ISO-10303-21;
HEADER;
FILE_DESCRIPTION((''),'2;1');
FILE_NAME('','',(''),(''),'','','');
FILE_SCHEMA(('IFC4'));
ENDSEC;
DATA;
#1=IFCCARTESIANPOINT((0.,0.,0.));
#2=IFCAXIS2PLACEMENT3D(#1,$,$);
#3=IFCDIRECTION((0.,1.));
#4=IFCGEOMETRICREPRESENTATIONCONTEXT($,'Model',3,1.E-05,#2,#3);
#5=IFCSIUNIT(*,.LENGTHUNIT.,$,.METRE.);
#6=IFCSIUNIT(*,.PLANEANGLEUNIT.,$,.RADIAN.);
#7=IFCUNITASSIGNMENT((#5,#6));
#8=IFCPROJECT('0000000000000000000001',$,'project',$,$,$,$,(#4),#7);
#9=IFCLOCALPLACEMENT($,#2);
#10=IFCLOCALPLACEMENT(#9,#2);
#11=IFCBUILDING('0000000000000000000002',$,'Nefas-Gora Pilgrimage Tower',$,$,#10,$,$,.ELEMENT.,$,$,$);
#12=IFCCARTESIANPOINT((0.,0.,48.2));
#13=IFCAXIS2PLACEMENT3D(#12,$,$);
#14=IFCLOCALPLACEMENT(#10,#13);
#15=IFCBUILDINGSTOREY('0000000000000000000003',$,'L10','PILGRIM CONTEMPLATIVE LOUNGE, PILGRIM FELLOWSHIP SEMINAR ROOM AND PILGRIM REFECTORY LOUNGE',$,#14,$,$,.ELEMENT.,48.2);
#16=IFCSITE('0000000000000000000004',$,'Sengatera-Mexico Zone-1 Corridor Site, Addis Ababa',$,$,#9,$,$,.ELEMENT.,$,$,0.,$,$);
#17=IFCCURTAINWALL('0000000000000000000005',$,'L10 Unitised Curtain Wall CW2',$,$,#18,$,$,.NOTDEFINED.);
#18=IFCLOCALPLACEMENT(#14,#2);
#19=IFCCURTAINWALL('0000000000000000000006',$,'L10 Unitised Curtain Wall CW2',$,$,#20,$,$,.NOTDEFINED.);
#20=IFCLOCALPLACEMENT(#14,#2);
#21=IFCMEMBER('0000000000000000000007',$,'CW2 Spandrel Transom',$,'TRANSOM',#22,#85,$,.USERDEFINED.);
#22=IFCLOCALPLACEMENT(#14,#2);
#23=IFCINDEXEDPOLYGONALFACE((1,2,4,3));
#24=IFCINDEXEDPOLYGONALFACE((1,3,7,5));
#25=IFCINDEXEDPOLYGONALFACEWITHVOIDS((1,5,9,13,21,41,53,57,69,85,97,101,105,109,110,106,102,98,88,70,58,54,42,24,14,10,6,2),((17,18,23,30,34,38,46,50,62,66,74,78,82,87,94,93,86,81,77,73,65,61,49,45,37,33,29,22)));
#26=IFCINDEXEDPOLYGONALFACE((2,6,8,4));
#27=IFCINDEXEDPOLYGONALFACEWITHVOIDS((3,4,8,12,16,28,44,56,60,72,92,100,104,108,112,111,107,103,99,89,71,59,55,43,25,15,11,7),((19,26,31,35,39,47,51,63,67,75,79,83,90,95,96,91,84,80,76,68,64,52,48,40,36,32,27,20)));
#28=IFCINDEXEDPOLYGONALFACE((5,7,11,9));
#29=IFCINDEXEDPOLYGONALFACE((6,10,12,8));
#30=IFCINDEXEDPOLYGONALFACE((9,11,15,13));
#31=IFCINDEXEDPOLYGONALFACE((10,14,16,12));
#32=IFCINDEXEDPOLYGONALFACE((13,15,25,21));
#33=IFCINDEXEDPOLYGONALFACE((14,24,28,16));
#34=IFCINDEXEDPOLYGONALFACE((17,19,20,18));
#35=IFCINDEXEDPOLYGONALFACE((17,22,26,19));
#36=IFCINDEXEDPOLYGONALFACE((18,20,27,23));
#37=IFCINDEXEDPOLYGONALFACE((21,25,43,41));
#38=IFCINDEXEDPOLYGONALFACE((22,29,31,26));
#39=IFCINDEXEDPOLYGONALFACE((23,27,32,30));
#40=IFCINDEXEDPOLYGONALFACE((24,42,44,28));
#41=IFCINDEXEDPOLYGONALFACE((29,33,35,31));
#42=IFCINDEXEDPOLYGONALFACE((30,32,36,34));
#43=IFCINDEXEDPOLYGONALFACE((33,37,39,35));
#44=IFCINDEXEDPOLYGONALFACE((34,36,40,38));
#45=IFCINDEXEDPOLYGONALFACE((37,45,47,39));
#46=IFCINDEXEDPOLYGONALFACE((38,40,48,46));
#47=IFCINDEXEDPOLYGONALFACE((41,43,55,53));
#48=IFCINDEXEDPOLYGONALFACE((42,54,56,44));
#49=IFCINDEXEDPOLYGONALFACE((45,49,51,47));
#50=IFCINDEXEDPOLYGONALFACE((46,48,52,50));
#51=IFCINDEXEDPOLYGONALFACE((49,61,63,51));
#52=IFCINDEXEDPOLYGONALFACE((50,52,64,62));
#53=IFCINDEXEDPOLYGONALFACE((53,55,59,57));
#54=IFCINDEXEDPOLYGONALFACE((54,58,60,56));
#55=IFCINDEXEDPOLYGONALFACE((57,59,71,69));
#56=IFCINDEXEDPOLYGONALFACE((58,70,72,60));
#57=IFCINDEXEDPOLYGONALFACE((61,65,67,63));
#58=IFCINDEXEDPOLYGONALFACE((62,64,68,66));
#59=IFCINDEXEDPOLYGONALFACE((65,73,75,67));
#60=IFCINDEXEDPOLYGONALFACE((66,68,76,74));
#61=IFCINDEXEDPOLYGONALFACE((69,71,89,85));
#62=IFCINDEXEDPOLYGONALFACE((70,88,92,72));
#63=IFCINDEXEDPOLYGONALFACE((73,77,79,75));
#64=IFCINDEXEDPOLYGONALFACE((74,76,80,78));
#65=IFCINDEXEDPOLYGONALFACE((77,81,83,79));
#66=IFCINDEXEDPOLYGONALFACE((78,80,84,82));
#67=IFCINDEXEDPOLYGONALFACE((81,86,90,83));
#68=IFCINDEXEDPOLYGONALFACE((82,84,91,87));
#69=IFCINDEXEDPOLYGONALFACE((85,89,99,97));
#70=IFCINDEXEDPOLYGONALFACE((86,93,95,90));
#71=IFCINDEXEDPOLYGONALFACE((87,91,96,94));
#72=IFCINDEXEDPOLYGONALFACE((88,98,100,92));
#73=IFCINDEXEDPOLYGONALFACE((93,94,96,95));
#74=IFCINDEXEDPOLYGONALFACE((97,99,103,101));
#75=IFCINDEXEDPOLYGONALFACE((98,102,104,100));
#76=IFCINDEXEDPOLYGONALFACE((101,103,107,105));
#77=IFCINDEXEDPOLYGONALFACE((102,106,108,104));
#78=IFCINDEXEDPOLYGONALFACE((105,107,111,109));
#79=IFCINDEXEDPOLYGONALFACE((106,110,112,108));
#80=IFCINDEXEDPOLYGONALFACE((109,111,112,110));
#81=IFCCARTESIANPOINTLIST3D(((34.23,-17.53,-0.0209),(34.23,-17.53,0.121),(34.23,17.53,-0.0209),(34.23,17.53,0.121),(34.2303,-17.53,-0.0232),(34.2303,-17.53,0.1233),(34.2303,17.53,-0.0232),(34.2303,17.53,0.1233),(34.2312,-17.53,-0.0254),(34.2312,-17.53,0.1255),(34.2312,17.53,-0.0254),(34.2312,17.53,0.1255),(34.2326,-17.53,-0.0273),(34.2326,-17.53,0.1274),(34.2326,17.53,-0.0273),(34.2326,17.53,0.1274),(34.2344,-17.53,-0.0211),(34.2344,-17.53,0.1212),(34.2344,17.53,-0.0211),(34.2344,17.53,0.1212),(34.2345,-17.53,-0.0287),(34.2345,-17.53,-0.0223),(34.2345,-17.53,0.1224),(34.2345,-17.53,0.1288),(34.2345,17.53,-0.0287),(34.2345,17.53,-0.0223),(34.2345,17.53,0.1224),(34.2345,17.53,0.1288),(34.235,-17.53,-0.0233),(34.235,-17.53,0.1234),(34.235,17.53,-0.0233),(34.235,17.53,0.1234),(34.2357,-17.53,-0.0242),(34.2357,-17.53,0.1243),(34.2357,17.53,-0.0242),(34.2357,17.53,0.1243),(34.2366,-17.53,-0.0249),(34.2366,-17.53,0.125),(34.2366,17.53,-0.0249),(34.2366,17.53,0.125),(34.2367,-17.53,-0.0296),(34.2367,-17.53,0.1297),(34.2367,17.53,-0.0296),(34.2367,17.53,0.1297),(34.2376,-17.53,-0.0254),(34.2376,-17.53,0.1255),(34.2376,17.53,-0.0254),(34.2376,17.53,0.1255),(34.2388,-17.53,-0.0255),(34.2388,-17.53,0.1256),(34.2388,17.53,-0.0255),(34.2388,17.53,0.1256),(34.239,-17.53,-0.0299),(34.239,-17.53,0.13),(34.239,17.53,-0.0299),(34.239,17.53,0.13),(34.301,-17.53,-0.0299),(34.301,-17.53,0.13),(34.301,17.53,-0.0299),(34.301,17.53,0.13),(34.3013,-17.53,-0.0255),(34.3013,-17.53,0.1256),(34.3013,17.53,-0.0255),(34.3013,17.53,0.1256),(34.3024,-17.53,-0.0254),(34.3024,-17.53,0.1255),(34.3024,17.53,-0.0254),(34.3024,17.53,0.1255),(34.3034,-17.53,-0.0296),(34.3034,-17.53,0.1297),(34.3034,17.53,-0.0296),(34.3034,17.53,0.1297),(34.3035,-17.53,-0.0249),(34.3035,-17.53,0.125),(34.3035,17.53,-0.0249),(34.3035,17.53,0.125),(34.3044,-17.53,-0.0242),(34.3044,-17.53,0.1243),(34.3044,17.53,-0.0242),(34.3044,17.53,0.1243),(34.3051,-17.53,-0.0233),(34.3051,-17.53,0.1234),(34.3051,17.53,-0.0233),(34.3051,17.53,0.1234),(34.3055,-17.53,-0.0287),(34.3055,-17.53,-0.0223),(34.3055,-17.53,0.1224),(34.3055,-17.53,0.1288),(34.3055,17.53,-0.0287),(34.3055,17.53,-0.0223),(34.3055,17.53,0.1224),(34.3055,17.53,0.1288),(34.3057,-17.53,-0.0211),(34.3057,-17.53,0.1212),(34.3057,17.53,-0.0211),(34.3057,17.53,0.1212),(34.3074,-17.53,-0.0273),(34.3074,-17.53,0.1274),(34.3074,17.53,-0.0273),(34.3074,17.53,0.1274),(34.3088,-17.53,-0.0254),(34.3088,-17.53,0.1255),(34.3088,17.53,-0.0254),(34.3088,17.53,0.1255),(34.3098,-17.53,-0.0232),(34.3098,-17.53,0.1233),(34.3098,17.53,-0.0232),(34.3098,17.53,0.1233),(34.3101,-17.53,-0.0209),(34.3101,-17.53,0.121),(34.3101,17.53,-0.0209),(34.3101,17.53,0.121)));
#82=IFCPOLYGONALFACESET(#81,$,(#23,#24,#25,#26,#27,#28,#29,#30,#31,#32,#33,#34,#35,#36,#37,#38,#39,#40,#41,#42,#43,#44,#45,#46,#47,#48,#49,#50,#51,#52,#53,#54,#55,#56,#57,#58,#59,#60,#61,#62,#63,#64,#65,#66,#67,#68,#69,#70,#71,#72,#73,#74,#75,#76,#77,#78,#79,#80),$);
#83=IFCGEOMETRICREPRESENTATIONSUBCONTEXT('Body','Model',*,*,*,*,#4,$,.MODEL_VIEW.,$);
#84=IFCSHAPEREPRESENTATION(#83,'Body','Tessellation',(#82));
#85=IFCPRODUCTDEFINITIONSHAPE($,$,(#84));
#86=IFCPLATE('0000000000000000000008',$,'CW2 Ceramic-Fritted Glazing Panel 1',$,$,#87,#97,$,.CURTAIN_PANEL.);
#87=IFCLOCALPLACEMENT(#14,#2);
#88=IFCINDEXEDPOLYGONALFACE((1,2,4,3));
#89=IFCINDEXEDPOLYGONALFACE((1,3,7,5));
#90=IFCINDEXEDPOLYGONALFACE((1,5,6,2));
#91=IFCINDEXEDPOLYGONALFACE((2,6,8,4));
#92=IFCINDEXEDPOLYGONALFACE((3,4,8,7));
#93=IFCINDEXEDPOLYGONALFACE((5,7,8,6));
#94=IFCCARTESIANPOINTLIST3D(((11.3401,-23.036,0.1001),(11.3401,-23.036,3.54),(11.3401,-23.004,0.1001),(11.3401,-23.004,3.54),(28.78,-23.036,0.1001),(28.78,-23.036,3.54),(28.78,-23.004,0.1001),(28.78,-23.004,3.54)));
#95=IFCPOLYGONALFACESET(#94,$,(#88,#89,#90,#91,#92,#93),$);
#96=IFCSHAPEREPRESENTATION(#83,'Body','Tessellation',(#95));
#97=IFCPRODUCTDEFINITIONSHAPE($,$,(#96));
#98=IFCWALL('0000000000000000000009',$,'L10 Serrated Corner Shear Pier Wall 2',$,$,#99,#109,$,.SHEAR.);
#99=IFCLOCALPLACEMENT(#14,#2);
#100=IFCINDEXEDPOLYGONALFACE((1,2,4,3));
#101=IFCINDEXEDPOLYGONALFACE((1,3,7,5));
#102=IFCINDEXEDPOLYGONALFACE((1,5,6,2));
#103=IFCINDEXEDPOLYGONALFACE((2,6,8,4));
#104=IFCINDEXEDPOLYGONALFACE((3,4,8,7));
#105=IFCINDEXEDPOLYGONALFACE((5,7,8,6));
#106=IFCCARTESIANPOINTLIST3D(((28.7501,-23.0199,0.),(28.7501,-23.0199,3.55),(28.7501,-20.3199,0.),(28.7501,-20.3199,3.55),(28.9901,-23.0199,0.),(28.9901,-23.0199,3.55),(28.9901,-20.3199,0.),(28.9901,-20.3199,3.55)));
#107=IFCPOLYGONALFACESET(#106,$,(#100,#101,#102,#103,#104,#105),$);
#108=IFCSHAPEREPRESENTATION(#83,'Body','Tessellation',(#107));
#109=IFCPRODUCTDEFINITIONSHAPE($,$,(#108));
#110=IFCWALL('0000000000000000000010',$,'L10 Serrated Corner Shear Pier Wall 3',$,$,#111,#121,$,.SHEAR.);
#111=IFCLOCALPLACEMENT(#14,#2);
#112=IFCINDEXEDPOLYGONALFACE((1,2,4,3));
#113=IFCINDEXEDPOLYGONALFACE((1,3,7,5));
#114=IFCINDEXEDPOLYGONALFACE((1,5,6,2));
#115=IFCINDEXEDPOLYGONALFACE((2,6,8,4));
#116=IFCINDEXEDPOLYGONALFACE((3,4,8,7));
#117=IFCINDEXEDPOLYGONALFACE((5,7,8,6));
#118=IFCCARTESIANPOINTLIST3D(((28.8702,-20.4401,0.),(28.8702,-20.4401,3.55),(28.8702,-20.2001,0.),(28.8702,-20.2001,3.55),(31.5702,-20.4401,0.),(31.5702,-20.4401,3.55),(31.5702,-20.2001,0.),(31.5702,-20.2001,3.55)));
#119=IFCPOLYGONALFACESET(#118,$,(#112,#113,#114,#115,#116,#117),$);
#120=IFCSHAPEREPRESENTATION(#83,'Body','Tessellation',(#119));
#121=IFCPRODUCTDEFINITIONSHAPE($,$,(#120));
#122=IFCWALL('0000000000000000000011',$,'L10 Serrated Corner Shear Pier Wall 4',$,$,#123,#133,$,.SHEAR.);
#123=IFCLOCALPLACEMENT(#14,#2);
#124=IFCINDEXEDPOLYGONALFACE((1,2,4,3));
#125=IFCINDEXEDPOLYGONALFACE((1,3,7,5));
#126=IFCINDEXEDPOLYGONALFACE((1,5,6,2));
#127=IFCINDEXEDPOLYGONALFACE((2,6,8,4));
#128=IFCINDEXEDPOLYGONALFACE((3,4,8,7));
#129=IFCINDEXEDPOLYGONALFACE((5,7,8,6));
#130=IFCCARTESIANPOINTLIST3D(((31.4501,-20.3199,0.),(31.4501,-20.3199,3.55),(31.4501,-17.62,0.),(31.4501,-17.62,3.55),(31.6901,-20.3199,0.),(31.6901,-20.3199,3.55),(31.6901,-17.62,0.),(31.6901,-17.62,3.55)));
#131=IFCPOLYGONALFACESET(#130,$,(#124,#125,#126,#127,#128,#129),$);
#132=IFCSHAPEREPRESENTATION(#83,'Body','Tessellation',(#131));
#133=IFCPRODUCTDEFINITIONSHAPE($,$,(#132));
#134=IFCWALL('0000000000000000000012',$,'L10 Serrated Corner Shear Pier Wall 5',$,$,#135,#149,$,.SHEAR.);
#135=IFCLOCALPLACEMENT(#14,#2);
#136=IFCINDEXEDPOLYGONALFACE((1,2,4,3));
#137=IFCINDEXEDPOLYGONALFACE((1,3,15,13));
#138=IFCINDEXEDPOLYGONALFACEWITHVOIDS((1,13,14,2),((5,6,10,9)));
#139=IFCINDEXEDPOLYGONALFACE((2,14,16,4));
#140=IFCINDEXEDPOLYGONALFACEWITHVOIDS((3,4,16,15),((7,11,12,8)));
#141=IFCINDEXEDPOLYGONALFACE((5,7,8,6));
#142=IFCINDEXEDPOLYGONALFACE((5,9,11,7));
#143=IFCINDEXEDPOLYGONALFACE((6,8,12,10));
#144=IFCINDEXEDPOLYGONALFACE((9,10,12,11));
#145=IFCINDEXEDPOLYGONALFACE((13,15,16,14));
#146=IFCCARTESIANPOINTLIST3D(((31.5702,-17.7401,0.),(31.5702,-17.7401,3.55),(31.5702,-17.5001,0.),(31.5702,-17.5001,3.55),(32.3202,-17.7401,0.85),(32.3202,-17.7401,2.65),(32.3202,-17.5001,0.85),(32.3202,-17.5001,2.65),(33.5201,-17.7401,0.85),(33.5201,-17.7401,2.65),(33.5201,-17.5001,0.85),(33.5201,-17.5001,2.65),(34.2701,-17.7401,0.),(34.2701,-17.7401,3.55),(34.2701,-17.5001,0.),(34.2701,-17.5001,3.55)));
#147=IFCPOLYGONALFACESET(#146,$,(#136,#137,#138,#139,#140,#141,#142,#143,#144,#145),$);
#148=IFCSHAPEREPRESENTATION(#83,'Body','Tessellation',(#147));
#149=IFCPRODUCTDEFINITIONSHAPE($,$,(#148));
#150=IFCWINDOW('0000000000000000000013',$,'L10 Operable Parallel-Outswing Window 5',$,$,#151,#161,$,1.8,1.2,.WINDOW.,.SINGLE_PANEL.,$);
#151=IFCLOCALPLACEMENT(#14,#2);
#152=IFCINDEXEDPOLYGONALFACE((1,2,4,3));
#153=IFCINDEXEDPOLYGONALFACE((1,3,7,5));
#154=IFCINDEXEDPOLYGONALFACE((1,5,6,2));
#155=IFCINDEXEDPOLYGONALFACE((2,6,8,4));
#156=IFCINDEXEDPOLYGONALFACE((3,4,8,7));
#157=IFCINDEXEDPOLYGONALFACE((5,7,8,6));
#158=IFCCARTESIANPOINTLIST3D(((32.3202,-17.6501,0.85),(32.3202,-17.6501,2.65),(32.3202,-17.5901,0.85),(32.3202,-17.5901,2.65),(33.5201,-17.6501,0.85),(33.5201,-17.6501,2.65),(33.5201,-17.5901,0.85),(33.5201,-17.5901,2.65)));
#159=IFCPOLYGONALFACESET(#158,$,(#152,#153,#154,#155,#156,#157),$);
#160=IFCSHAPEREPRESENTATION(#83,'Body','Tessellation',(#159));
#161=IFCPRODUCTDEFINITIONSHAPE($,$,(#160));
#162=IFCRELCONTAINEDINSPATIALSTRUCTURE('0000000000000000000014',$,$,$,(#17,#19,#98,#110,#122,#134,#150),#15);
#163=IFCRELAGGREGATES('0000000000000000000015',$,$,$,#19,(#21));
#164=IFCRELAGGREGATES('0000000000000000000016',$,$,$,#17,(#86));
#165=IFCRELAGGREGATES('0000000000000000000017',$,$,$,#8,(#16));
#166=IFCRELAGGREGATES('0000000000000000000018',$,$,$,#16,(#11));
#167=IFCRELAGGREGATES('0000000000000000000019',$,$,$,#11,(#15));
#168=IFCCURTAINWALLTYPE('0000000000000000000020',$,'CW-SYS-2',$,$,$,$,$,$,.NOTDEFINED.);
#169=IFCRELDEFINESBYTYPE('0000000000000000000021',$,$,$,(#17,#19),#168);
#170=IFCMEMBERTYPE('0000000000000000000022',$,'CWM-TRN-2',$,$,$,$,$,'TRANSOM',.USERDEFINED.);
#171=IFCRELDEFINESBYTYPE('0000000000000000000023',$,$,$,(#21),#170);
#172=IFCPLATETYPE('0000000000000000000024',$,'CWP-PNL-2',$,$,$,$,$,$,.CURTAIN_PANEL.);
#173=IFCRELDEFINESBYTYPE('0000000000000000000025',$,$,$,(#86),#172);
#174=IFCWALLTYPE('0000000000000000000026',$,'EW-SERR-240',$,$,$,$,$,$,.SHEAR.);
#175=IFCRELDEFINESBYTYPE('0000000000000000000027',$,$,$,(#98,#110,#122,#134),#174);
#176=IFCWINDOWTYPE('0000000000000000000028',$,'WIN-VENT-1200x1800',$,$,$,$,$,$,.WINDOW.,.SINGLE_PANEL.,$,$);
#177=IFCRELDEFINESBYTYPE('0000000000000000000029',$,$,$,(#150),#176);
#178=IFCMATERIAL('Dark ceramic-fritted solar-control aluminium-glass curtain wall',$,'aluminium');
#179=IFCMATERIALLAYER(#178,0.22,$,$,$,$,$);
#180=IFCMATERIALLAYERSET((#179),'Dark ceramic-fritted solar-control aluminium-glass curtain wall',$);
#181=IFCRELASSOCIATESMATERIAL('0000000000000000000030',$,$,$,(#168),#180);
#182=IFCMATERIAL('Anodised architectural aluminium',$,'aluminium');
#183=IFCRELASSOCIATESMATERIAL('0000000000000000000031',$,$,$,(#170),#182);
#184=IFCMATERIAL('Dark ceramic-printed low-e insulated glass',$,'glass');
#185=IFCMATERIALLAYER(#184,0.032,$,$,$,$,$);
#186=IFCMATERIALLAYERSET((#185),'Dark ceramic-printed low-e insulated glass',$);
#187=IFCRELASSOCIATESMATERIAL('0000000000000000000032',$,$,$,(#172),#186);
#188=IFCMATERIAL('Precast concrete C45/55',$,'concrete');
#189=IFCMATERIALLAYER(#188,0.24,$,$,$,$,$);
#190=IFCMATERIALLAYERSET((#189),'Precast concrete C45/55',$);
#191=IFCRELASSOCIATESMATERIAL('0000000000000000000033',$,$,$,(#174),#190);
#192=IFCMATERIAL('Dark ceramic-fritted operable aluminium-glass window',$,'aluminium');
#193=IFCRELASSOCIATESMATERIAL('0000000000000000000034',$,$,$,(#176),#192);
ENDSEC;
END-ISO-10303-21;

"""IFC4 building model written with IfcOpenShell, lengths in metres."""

from ifc_helpers import new_model, si_unit, direction, frame, frame_2d, origin, origin_2d, place, context, subcontext, project, spatial, rectangle, hollow_rectangle, extrude, source, transform, mapped, material, layer, layer_set, material_profile, profile_set, type_object, element, fill, aggregate, save


model = new_model("IFC4")

# Units and contexts
model_context = context("Model", 3, precision=1e-05, world=origin(), true_north=direction((0.0, 1.0)))
body_context = subcontext(model_context, "Body", "Model", "MODEL_VIEW")
ifc_project = project(units=[si_unit("LENGTHUNIT", "METRE"), si_unit("PLANEANGLEUNIT", "RADIAN")], contexts=[model_context])

# Site, building, storey
site_placement = place(None, origin())
site = spatial("IfcSite", under=ifc_project, at=site_placement, Name="Sengatera-Mexico Zone-1 Corridor Site, Addis Ababa", CompositionType="ELEMENT", RefElevation=0.0)
building_placement = place(site_placement, origin())
building = spatial("IfcBuilding", under=site, at=building_placement, Name="Nefas-Gora Pilgrimage Tower", CompositionType="ELEMENT")
storey_placement = place(building_placement, frame((0.0, 0.0, 48.2)))
storey = spatial("IfcBuildingStorey", under=building, at=storey_placement, Name="L10", Description="PILGRIM CONTEMPLATIVE LOUNGE, PILGRIM FELLOWSHIP SEMINAR ROOM AND PILGRIM REFECTORY LOUNGE", CompositionType="ELEMENT", Elevation=48.2)

# Curtain wall
ifc_material_1 = material(Name="Dark ceramic-fritted solar-control aluminium-glass curtain wall", Category="aluminium")
ifc_layer_1 = layer(ifc_material_1, 0.22)
ifc_layer_set_1 = layer_set([ifc_layer_1], Name="Dark ceramic-fritted solar-control aluminium-glass curtain wall")
curtain_wall_type = type_object("IfcCurtainWallType", Name="CW-SYS-2", PredefinedType="NOTDEFINED", material=ifc_layer_set_1)
curtain_wall_1_placement = place(storey_placement, origin())
curtain_wall_1 = element("IfcCurtainWall", 1, at=curtain_wall_1_placement, inside=storey, type_object=curtain_wall_type, Name="L10 Unitised Curtain Wall CW2", PredefinedType="NOTDEFINED")
ifc_material_2 = material(Name="Anodised architectural aluminium", Category="aluminium")

# Curtain wall, member
curtain_wall_2_placement = place(storey_placement, origin())
curtain_wall_2 = element("IfcCurtainWall", 2, at=curtain_wall_2_placement, inside=storey, type_object=curtain_wall_type, Name="L10 Unitised Curtain Wall CW2", PredefinedType="NOTDEFINED")
ifc_material_profile_1 = material_profile(ifc_material_2, hollow_rectangle(XDim=0.0801, YDim=0.1599, WallThickness=0.0044, InnerFilletRadius=0.0044, OuterFilletRadius=0.009, at=origin_2d()), Name="ALU TRANSOM 80x160")
ifc_profile_set_1 = profile_set([ifc_material_profile_1], Name="Anodised architectural aluminium")
member_type_1 = type_object("IfcMemberType", Name="CWM-TRN-2", ElementType="TRANSOM", PredefinedType="USERDEFINED", material=ifc_profile_set_1)
shared_shape_1 = source(origin(), body_context, "Body", "SweptSolid", [
    extrude(hollow_rectangle(XDim=0.0801, YDim=0.1599, WallThickness=0.0044, InnerFilletRadius=0.0044, OuterFilletRadius=0.009, at=origin_2d()), origin(), (0.0, 0.0, 1.0), 35.0601),
])
member_1_placement = place(storey_placement, frame((34.27, -17.53, 0.05), z_axis=(0.0, 1.0, 0.0), x_axis=(-1.0, 0.0, 0.0)))
member_1 = element("IfcMember", 3, at=member_1_placement, type_object=member_type_1, Name="CW2 Spandrel Transom", ObjectType="TRANSOM", PredefinedType="USERDEFINED", context=body_context, shape_type="MappedRepresentation", body=[
    mapped(shared_shape_1, transform((0.0, 0.0, 0.0), x_axis=(1.0, 0.0, 0.0), y_axis=(0.0, 1.0, 0.0), z_axis=(0.0, 0.0, 1.0), scale=1.0)),
])
aggregate(curtain_wall_2, [member_1])

# Plate
ifc_material_3 = material(Name="Dark ceramic-printed low-e insulated glass", Category="glass")
ifc_layer_2 = layer(ifc_material_3, 0.032)
ifc_layer_set_2 = layer_set([ifc_layer_2], Name="Dark ceramic-printed low-e insulated glass")
plate_type = type_object("IfcPlateType", Name="CWP-PNL-2", PredefinedType="CURTAIN_PANEL", material=ifc_layer_set_2)
shared_shape_2 = source(origin(), body_context, "Body", "SweptSolid", [
    extrude(rectangle(XDim=17.4399, YDim=0.032, at=origin_2d()), origin(), (0.0, 0.0, 1.0), 3.4399),
])
plate_placement = place(storey_placement, frame((20.0601, -23.02, 0.1001), z_axis=(0.0, 0.0, 1.0), x_axis=(1.0, 0.0, 0.0)))
plate = element("IfcPlate", 4, at=plate_placement, type_object=plate_type, Name="CW2 Ceramic-Fritted Glazing Panel 1", PredefinedType="CURTAIN_PANEL", context=body_context, shape_type="MappedRepresentation", body=[
    mapped(shared_shape_2, transform((0.0, 0.0, 0.0), x_axis=(1.0, 0.0, 0.0), y_axis=(0.0, 1.0, 0.0), z_axis=(0.0, 0.0, 1.0), scale=1.0)),
])
aggregate(curtain_wall_1, [plate])

# Walls
ifc_material_4 = material(Name="Precast concrete C45/55", Category="concrete")
ifc_layer_3 = layer(ifc_material_4, 0.24)
ifc_layer_set_3 = layer_set([ifc_layer_3], Name="Precast concrete C45/55")
wall_type_1 = type_object("IfcWallType", Name="EW-SERR-240", PredefinedType="SHEAR", material=ifc_layer_set_3)
shared_shape_3 = source(origin(), body_context, "Body", "SweptSolid", [
    extrude(rectangle(XDim=2.7, YDim=0.24, at=frame_2d((1.3501, 0.0))), origin(), (0.0, 0.0, 1.0), 3.55),
])
for number, where, z_axis, x_axis, name in (
    (5, (28.8701, -23.02, 0.0), (0.0, 0.0, 1.0), (0.0, 1.0, 0.0), "L10 Serrated Corner Shear Pier Wall 2"),
    (6, (28.8701, -20.3201, 0.0), (0.0, 0.0, 1.0), (1.0, 0.0, 0.0), "L10 Serrated Corner Shear Pier Wall 3"),
    (7, (31.5701, -20.3201, 0.0), (0.0, 0.0, 1.0), (0.0, 1.0, 0.0), "L10 Serrated Corner Shear Pier Wall 4"),
):
    element("IfcWall", number, at=place(storey_placement, frame(where, z_axis=z_axis, x_axis=x_axis)), inside=storey, type_object=wall_type_1, Name=name, PredefinedType="SHEAR", context=body_context, shape_type="MappedRepresentation", body=[
        mapped(shared_shape_3, transform((0.0, 0.0, 0.0), x_axis=(1.0, 0.0, 0.0), y_axis=(0.0, 1.0, 0.0), z_axis=(0.0, 0.0, 1.0), scale=1.0)),
    ])

# Wall, opening, window
wall_1_placement = place(storey_placement, frame((31.5701, -17.6201, 0.0), z_axis=(0.0, 0.0, 1.0), x_axis=(1.0, 0.0, 0.0)))
wall_1 = element("IfcWall", 8, at=wall_1_placement, inside=storey, type_object=wall_type_1, Name="L10 Serrated Corner Shear Pier Wall 5", PredefinedType="SHEAR", context=body_context, shape_type="MappedRepresentation", body=[
    mapped(shared_shape_3, transform((0.0, 0.0, 0.0), x_axis=(1.0, 0.0, 0.0), y_axis=(0.0, 1.0, 0.0), z_axis=(0.0, 0.0, 1.0), scale=1.0)),
])
opening_1_placement = place(wall_1_placement, frame((0.75, 0.0, 0.8501)))
opening_1 = element("IfcOpeningElement", 9, at=opening_1_placement, cuts=wall_1, PredefinedType="OPENING", context=body_context, shape_type="SweptSolid", body=[
    extrude(rectangle(XDim=1.2, YDim=1.8, at=frame_2d((0.6001, 0.8999))), frame((0.0, 0.1299, 0.0), z_axis=(0.0, -1.0, 0.0), x_axis=(1.0, 0.0, 0.0)), (0.0, 0.0, 1.0), 0.26),
])
ifc_material_5 = material(Name="Dark ceramic-fritted operable aluminium-glass window", Category="aluminium")
window_type = type_object("IfcWindowType", Name="WIN-VENT-1200x1800", PartitioningType="SINGLE_PANEL", PredefinedType="WINDOW", material=ifc_material_5)
shared_shape_4 = source(origin(), body_context, "Body", "SweptSolid", [
    extrude(rectangle(XDim=1.2, YDim=1.8, at=frame_2d((0.6001, 0.8999))), frame((0.0, 0.03, 0.0), z_axis=(0.0, -1.0, 0.0), x_axis=(1.0, 0.0, 0.0)), (0.0, 0.0, 1.0), 0.0601),
])
window_placement = place(opening_1_placement, origin())
window = element("IfcWindow", 10, at=window_placement, inside=storey, type_object=window_type, Name="L10 Operable Parallel-Outswing Window 5", OverallHeight=1.8, OverallWidth=1.2, PartitioningType="SINGLE_PANEL", PredefinedType="WINDOW", context=body_context, shape_type="MappedRepresentation", body=[
    mapped(shared_shape_4, transform((0.0, 0.0, 0.0), x_axis=(1.0, 0.0, 0.0), y_axis=(0.0, 1.0, 0.0), z_axis=(0.0, 0.0, 1.0), scale=1.0)),
])
fill(opening_1, window)

save(model, "model.ifc")
